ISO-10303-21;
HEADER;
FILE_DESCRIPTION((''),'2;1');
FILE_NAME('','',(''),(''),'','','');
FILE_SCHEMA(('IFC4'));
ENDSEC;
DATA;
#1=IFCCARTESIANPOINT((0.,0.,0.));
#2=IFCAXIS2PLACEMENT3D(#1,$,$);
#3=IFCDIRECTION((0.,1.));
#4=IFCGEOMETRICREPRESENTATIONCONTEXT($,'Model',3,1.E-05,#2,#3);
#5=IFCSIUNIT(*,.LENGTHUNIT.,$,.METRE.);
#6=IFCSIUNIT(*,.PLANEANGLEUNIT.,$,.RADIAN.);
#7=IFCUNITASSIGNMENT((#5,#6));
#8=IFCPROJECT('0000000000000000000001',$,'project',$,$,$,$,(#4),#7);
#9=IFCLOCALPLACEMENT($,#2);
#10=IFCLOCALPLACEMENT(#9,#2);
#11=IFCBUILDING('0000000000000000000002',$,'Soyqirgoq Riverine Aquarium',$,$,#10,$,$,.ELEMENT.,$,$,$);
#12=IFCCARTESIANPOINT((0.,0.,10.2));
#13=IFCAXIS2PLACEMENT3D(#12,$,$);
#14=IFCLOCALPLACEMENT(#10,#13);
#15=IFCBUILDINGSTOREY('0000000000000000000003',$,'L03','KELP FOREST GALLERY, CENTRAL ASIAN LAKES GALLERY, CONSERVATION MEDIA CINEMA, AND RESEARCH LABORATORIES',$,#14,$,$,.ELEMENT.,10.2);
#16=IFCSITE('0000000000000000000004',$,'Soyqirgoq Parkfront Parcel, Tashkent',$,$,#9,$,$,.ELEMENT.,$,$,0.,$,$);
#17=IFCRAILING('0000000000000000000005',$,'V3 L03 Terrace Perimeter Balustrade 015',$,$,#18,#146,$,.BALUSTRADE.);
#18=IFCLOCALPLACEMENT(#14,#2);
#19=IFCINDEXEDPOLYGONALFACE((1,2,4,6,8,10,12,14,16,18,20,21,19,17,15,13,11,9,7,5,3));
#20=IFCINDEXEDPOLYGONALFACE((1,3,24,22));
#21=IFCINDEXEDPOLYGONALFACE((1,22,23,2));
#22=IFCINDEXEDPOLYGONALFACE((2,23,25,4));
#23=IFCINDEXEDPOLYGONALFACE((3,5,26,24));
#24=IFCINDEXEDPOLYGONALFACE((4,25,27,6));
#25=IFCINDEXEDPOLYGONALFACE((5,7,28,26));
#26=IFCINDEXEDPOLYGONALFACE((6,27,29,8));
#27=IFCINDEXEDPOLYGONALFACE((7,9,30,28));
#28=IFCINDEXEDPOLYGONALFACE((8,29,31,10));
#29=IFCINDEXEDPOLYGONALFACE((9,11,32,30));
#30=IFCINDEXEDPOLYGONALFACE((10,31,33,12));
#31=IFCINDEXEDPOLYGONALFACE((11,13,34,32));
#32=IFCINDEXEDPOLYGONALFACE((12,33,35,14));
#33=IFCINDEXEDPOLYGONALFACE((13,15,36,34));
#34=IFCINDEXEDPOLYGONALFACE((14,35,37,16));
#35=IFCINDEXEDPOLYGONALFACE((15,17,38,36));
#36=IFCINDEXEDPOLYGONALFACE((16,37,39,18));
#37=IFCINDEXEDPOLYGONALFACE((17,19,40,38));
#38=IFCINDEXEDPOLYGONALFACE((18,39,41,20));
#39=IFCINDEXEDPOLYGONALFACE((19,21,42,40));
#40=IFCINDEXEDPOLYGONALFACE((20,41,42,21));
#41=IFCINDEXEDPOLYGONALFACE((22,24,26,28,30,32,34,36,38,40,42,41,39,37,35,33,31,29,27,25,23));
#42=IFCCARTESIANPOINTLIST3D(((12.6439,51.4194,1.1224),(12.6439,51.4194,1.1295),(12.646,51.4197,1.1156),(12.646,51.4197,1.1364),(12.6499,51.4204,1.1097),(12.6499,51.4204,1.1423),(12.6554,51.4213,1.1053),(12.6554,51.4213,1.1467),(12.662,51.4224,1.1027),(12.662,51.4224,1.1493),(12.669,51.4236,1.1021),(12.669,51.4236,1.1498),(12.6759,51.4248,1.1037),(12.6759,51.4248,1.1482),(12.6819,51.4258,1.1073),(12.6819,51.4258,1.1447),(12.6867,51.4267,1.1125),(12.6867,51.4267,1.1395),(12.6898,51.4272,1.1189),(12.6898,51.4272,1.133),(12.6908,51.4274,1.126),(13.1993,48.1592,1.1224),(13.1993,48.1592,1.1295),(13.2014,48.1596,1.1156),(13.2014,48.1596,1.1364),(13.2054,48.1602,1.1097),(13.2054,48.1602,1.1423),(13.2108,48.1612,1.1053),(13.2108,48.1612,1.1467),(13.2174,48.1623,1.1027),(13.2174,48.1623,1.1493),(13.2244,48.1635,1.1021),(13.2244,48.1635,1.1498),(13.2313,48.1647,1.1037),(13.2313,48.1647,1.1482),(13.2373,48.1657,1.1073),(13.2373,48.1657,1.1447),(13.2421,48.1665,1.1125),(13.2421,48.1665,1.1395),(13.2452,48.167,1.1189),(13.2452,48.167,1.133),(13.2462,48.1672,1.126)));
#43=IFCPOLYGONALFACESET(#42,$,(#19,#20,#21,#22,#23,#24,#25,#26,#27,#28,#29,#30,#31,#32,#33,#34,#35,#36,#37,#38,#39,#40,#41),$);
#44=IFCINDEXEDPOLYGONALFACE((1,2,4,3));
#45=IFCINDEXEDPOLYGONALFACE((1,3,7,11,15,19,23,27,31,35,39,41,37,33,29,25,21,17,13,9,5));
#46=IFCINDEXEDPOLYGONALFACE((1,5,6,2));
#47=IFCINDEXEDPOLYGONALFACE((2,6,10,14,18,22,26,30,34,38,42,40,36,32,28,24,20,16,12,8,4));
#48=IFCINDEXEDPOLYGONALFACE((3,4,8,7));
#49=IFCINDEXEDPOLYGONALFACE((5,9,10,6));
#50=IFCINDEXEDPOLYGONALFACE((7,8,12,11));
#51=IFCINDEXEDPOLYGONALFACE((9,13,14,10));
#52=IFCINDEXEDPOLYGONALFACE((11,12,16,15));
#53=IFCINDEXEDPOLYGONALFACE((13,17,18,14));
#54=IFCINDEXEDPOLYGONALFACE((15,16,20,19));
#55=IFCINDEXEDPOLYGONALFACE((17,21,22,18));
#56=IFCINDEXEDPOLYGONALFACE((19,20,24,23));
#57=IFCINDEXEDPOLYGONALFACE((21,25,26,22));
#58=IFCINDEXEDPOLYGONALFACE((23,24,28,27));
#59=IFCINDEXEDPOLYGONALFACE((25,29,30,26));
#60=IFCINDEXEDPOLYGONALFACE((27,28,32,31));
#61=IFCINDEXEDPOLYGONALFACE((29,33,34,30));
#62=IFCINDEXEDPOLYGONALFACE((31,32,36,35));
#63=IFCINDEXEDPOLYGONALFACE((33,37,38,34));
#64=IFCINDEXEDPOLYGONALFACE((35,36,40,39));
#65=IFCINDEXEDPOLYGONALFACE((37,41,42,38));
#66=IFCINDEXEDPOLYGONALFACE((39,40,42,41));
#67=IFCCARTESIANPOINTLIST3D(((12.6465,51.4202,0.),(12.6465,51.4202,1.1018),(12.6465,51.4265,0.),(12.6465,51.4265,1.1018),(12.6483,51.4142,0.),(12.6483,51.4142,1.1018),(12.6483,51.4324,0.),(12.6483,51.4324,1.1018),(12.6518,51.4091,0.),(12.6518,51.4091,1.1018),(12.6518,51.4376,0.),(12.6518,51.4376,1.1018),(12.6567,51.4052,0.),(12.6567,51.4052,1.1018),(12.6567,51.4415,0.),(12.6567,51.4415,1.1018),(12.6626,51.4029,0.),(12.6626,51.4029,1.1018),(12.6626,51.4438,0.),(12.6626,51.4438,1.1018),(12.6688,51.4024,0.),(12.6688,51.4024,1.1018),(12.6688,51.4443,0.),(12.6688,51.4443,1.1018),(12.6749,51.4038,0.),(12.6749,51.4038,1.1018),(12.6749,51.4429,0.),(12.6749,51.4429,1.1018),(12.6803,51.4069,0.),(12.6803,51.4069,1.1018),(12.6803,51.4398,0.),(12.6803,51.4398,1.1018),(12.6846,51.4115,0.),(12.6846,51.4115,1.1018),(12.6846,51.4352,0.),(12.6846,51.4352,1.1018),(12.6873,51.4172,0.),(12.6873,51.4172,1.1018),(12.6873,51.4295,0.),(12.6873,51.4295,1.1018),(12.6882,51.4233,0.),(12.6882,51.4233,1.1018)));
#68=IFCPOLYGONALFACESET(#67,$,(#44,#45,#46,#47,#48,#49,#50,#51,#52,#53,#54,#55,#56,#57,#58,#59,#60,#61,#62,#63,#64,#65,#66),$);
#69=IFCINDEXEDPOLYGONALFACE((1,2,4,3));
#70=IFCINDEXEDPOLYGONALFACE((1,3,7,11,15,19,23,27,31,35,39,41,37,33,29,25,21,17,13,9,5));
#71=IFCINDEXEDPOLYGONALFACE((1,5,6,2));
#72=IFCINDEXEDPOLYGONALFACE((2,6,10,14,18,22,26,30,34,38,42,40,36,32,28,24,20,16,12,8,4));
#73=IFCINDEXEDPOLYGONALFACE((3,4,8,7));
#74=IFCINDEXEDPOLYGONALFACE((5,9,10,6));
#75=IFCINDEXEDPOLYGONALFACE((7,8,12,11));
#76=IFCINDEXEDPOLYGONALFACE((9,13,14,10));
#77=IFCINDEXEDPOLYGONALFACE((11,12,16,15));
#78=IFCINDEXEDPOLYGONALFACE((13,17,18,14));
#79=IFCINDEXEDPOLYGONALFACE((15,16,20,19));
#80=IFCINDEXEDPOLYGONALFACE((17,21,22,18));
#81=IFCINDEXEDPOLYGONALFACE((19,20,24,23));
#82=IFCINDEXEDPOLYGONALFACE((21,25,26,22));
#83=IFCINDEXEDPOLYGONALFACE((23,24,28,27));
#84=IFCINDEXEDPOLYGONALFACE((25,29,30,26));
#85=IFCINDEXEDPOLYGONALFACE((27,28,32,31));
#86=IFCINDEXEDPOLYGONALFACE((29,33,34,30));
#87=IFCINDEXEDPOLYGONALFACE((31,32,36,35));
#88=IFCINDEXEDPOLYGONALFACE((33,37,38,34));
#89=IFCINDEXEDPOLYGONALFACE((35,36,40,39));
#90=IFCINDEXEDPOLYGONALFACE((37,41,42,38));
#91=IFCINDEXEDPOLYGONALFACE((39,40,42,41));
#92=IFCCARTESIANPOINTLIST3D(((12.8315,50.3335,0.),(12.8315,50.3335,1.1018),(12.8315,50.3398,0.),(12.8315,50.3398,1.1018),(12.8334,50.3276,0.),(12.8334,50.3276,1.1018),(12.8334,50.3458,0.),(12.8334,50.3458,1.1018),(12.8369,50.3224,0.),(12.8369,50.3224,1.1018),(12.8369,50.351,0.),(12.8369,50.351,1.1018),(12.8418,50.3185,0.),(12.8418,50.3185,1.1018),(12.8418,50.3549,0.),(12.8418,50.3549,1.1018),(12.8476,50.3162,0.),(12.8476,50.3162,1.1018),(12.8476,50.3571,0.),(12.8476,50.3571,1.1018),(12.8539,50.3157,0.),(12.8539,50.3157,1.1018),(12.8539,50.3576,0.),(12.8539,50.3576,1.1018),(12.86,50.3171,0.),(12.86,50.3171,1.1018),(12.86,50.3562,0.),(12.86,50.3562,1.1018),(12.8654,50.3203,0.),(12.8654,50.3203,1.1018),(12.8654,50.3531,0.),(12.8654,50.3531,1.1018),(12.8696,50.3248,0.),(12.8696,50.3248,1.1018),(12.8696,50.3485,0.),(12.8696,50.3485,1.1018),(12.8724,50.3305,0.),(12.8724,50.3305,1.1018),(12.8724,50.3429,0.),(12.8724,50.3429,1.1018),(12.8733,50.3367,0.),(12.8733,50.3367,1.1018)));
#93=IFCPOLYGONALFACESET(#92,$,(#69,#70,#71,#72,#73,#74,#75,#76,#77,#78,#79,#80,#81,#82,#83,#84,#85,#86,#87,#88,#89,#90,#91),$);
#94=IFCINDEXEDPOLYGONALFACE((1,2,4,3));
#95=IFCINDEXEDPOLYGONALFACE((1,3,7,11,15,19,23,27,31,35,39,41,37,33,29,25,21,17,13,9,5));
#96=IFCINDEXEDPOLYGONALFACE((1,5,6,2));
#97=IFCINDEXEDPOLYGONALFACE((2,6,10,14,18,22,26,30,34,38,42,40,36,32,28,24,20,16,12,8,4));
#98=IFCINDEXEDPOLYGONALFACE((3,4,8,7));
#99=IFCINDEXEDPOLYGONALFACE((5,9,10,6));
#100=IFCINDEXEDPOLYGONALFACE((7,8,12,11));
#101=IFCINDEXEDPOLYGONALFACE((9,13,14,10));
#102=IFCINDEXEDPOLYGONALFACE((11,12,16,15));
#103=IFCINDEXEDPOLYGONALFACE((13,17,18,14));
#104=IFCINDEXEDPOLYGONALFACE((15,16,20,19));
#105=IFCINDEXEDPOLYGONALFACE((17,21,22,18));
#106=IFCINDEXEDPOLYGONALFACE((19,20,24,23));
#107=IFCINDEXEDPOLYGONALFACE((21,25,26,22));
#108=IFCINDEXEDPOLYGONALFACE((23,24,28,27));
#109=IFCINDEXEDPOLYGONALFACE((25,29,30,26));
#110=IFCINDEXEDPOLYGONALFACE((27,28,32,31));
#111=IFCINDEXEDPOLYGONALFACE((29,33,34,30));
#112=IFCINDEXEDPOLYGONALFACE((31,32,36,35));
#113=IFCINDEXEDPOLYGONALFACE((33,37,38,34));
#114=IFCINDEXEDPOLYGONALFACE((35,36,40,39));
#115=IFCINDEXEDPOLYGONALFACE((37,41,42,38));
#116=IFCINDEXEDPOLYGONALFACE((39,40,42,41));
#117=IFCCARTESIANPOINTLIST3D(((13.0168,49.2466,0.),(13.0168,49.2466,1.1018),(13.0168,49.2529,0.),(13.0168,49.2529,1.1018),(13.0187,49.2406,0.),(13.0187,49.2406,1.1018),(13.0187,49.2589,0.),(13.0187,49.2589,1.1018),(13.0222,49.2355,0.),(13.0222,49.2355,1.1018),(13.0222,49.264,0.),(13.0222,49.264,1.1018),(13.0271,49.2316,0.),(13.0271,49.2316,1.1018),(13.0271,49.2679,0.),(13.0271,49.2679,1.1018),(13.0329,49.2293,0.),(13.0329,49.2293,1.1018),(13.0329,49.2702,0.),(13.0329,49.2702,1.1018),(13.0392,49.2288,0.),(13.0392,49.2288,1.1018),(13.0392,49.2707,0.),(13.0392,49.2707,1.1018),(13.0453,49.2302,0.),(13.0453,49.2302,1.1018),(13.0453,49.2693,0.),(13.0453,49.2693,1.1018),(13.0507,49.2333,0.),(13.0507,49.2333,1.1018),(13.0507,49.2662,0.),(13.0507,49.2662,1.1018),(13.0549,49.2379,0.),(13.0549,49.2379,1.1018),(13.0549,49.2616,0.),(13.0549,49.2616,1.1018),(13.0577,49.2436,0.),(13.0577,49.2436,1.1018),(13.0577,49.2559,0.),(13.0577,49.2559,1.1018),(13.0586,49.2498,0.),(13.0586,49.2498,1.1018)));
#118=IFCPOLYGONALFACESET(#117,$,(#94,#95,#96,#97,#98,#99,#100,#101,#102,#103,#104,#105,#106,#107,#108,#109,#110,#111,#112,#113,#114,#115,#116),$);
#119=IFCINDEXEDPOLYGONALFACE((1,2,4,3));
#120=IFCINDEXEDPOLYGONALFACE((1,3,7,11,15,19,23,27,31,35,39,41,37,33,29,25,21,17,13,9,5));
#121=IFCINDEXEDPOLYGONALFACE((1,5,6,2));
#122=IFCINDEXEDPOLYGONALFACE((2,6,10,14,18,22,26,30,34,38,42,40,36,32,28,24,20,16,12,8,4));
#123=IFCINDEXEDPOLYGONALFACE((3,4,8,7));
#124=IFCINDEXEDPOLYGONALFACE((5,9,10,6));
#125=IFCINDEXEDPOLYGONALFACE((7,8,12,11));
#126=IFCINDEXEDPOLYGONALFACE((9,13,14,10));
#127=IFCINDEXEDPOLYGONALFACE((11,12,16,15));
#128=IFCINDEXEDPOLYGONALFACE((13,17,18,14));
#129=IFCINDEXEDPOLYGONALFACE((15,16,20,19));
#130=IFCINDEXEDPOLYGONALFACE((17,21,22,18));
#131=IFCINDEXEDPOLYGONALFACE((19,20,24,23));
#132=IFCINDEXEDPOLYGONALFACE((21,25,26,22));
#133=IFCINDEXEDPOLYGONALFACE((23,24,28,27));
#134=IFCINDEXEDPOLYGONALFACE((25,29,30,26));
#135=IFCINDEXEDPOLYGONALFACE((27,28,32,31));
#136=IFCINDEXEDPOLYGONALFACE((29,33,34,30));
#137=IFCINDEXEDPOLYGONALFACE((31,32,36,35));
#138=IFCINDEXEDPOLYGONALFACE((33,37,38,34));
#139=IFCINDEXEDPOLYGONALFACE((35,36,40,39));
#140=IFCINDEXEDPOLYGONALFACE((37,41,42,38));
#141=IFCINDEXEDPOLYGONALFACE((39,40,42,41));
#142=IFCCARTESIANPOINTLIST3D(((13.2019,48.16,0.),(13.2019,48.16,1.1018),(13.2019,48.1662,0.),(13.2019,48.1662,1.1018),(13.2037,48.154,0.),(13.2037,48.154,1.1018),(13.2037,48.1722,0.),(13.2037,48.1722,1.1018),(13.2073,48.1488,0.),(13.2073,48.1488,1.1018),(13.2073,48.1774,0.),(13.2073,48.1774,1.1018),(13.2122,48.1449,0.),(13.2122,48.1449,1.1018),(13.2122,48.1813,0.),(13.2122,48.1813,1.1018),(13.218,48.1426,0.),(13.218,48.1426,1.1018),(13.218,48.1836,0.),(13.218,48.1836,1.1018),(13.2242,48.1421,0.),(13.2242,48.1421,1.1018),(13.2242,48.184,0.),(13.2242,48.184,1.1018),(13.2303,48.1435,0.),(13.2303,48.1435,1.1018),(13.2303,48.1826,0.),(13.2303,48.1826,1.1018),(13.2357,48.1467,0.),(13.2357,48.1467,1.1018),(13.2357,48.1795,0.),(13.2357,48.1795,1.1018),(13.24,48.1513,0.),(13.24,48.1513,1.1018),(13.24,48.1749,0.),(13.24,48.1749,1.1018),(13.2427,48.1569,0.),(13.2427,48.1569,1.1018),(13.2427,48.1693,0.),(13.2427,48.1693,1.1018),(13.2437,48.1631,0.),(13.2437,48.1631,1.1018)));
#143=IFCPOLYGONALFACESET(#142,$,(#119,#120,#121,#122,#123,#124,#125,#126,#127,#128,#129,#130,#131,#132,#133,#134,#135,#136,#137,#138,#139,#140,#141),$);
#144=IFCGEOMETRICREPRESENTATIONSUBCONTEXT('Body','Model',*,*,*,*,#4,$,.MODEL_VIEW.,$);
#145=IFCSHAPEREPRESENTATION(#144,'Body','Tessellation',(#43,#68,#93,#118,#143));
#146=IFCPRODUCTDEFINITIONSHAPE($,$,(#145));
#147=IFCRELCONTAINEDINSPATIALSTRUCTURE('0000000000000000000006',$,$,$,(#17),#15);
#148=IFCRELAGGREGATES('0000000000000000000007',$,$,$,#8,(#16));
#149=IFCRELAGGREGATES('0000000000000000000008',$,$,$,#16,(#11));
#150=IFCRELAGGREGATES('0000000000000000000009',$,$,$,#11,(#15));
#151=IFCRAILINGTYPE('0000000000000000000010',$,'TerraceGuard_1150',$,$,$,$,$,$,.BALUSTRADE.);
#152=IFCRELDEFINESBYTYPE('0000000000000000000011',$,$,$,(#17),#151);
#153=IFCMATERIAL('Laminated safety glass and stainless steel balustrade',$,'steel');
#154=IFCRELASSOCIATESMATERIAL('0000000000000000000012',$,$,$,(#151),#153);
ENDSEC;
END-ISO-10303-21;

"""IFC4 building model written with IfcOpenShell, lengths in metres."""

from ifc_helpers import new_model, si_unit, direction, frame, origin, origin_2d, place, context, subcontext, project, spatial, circle, extrude, material, type_object, element, save


model = new_model("IFC4")

# Units and contexts
model_context = context("Model", 3, precision=1e-05, world=origin(), true_north=direction((0.0, 1.0)))
body_context = subcontext(model_context, "Body", "Model", "MODEL_VIEW")
ifc_project = project(units=[si_unit("LENGTHUNIT", "METRE"), si_unit("PLANEANGLEUNIT", "RADIAN")], contexts=[model_context])

# Site, building, storey
site_placement = place(None, origin())
site = spatial("IfcSite", under=ifc_project, at=site_placement, Name="Soyqirgoq Parkfront Parcel, Tashkent", CompositionType="ELEMENT", RefElevation=0.0)
building_placement = place(site_placement, origin())
building = spatial("IfcBuilding", under=site, at=building_placement, Name="Soyqirgoq Riverine Aquarium", CompositionType="ELEMENT")
storey_placement = place(building_placement, frame((0.0, 0.0, 10.2)))
storey = spatial("IfcBuildingStorey", under=building, at=storey_placement, Name="L03", Description="KELP FOREST GALLERY, CENTRAL ASIAN LAKES GALLERY, CONSERVATION MEDIA CINEMA, AND RESEARCH LABORATORIES", CompositionType="ELEMENT", Elevation=10.2)

# Railing
ifc_material_1 = material(Name="Laminated safety glass and stainless steel balustrade", Category="steel")
railing_type = type_object("IfcRailingType", Name="TerraceGuard_1150", PredefinedType="BALUSTRADE", material=ifc_material_1)
railing_1_placement = place(storey_placement, frame((12.6672, 51.4233, 0.0)))
element("IfcRailing", 1, at=railing_1_placement, inside=storey, type_object=railing_type, Name="V3 L03 Terrace Perimeter Balustrade 015", PredefinedType="BALUSTRADE", context=body_context, shape_type="SweptSolid", body=[
    extrude(circle(Radius=0.0239, at=origin_2d()), frame((0.0, 0.0, 1.126), z_axis=(0.167941, -0.985797, 0.0), x_axis=(0.985797, 0.167941, 0.0)), (0.0, 0.0, 1.0), 3.3071),
    extrude(circle(Radius=0.021, at=origin_2d()), origin(), (0.0, 0.0, 1.0), 1.1018),
    extrude(circle(Radius=0.021, at=origin_2d()), frame((0.1851, -1.0867, 0.0)), (0.0, 0.0, 1.0), 1.1018),
    extrude(circle(Radius=0.021, at=origin_2d()), frame((0.3704, -2.1736, 0.0)), (0.0, 0.0, 1.0), 1.1018),
    extrude(circle(Radius=0.021, at=origin_2d()), frame((0.5554, -3.2603, 0.0)), (0.0, 0.0, 1.0), 1.1018),
])

save(model, "model.ifc")
